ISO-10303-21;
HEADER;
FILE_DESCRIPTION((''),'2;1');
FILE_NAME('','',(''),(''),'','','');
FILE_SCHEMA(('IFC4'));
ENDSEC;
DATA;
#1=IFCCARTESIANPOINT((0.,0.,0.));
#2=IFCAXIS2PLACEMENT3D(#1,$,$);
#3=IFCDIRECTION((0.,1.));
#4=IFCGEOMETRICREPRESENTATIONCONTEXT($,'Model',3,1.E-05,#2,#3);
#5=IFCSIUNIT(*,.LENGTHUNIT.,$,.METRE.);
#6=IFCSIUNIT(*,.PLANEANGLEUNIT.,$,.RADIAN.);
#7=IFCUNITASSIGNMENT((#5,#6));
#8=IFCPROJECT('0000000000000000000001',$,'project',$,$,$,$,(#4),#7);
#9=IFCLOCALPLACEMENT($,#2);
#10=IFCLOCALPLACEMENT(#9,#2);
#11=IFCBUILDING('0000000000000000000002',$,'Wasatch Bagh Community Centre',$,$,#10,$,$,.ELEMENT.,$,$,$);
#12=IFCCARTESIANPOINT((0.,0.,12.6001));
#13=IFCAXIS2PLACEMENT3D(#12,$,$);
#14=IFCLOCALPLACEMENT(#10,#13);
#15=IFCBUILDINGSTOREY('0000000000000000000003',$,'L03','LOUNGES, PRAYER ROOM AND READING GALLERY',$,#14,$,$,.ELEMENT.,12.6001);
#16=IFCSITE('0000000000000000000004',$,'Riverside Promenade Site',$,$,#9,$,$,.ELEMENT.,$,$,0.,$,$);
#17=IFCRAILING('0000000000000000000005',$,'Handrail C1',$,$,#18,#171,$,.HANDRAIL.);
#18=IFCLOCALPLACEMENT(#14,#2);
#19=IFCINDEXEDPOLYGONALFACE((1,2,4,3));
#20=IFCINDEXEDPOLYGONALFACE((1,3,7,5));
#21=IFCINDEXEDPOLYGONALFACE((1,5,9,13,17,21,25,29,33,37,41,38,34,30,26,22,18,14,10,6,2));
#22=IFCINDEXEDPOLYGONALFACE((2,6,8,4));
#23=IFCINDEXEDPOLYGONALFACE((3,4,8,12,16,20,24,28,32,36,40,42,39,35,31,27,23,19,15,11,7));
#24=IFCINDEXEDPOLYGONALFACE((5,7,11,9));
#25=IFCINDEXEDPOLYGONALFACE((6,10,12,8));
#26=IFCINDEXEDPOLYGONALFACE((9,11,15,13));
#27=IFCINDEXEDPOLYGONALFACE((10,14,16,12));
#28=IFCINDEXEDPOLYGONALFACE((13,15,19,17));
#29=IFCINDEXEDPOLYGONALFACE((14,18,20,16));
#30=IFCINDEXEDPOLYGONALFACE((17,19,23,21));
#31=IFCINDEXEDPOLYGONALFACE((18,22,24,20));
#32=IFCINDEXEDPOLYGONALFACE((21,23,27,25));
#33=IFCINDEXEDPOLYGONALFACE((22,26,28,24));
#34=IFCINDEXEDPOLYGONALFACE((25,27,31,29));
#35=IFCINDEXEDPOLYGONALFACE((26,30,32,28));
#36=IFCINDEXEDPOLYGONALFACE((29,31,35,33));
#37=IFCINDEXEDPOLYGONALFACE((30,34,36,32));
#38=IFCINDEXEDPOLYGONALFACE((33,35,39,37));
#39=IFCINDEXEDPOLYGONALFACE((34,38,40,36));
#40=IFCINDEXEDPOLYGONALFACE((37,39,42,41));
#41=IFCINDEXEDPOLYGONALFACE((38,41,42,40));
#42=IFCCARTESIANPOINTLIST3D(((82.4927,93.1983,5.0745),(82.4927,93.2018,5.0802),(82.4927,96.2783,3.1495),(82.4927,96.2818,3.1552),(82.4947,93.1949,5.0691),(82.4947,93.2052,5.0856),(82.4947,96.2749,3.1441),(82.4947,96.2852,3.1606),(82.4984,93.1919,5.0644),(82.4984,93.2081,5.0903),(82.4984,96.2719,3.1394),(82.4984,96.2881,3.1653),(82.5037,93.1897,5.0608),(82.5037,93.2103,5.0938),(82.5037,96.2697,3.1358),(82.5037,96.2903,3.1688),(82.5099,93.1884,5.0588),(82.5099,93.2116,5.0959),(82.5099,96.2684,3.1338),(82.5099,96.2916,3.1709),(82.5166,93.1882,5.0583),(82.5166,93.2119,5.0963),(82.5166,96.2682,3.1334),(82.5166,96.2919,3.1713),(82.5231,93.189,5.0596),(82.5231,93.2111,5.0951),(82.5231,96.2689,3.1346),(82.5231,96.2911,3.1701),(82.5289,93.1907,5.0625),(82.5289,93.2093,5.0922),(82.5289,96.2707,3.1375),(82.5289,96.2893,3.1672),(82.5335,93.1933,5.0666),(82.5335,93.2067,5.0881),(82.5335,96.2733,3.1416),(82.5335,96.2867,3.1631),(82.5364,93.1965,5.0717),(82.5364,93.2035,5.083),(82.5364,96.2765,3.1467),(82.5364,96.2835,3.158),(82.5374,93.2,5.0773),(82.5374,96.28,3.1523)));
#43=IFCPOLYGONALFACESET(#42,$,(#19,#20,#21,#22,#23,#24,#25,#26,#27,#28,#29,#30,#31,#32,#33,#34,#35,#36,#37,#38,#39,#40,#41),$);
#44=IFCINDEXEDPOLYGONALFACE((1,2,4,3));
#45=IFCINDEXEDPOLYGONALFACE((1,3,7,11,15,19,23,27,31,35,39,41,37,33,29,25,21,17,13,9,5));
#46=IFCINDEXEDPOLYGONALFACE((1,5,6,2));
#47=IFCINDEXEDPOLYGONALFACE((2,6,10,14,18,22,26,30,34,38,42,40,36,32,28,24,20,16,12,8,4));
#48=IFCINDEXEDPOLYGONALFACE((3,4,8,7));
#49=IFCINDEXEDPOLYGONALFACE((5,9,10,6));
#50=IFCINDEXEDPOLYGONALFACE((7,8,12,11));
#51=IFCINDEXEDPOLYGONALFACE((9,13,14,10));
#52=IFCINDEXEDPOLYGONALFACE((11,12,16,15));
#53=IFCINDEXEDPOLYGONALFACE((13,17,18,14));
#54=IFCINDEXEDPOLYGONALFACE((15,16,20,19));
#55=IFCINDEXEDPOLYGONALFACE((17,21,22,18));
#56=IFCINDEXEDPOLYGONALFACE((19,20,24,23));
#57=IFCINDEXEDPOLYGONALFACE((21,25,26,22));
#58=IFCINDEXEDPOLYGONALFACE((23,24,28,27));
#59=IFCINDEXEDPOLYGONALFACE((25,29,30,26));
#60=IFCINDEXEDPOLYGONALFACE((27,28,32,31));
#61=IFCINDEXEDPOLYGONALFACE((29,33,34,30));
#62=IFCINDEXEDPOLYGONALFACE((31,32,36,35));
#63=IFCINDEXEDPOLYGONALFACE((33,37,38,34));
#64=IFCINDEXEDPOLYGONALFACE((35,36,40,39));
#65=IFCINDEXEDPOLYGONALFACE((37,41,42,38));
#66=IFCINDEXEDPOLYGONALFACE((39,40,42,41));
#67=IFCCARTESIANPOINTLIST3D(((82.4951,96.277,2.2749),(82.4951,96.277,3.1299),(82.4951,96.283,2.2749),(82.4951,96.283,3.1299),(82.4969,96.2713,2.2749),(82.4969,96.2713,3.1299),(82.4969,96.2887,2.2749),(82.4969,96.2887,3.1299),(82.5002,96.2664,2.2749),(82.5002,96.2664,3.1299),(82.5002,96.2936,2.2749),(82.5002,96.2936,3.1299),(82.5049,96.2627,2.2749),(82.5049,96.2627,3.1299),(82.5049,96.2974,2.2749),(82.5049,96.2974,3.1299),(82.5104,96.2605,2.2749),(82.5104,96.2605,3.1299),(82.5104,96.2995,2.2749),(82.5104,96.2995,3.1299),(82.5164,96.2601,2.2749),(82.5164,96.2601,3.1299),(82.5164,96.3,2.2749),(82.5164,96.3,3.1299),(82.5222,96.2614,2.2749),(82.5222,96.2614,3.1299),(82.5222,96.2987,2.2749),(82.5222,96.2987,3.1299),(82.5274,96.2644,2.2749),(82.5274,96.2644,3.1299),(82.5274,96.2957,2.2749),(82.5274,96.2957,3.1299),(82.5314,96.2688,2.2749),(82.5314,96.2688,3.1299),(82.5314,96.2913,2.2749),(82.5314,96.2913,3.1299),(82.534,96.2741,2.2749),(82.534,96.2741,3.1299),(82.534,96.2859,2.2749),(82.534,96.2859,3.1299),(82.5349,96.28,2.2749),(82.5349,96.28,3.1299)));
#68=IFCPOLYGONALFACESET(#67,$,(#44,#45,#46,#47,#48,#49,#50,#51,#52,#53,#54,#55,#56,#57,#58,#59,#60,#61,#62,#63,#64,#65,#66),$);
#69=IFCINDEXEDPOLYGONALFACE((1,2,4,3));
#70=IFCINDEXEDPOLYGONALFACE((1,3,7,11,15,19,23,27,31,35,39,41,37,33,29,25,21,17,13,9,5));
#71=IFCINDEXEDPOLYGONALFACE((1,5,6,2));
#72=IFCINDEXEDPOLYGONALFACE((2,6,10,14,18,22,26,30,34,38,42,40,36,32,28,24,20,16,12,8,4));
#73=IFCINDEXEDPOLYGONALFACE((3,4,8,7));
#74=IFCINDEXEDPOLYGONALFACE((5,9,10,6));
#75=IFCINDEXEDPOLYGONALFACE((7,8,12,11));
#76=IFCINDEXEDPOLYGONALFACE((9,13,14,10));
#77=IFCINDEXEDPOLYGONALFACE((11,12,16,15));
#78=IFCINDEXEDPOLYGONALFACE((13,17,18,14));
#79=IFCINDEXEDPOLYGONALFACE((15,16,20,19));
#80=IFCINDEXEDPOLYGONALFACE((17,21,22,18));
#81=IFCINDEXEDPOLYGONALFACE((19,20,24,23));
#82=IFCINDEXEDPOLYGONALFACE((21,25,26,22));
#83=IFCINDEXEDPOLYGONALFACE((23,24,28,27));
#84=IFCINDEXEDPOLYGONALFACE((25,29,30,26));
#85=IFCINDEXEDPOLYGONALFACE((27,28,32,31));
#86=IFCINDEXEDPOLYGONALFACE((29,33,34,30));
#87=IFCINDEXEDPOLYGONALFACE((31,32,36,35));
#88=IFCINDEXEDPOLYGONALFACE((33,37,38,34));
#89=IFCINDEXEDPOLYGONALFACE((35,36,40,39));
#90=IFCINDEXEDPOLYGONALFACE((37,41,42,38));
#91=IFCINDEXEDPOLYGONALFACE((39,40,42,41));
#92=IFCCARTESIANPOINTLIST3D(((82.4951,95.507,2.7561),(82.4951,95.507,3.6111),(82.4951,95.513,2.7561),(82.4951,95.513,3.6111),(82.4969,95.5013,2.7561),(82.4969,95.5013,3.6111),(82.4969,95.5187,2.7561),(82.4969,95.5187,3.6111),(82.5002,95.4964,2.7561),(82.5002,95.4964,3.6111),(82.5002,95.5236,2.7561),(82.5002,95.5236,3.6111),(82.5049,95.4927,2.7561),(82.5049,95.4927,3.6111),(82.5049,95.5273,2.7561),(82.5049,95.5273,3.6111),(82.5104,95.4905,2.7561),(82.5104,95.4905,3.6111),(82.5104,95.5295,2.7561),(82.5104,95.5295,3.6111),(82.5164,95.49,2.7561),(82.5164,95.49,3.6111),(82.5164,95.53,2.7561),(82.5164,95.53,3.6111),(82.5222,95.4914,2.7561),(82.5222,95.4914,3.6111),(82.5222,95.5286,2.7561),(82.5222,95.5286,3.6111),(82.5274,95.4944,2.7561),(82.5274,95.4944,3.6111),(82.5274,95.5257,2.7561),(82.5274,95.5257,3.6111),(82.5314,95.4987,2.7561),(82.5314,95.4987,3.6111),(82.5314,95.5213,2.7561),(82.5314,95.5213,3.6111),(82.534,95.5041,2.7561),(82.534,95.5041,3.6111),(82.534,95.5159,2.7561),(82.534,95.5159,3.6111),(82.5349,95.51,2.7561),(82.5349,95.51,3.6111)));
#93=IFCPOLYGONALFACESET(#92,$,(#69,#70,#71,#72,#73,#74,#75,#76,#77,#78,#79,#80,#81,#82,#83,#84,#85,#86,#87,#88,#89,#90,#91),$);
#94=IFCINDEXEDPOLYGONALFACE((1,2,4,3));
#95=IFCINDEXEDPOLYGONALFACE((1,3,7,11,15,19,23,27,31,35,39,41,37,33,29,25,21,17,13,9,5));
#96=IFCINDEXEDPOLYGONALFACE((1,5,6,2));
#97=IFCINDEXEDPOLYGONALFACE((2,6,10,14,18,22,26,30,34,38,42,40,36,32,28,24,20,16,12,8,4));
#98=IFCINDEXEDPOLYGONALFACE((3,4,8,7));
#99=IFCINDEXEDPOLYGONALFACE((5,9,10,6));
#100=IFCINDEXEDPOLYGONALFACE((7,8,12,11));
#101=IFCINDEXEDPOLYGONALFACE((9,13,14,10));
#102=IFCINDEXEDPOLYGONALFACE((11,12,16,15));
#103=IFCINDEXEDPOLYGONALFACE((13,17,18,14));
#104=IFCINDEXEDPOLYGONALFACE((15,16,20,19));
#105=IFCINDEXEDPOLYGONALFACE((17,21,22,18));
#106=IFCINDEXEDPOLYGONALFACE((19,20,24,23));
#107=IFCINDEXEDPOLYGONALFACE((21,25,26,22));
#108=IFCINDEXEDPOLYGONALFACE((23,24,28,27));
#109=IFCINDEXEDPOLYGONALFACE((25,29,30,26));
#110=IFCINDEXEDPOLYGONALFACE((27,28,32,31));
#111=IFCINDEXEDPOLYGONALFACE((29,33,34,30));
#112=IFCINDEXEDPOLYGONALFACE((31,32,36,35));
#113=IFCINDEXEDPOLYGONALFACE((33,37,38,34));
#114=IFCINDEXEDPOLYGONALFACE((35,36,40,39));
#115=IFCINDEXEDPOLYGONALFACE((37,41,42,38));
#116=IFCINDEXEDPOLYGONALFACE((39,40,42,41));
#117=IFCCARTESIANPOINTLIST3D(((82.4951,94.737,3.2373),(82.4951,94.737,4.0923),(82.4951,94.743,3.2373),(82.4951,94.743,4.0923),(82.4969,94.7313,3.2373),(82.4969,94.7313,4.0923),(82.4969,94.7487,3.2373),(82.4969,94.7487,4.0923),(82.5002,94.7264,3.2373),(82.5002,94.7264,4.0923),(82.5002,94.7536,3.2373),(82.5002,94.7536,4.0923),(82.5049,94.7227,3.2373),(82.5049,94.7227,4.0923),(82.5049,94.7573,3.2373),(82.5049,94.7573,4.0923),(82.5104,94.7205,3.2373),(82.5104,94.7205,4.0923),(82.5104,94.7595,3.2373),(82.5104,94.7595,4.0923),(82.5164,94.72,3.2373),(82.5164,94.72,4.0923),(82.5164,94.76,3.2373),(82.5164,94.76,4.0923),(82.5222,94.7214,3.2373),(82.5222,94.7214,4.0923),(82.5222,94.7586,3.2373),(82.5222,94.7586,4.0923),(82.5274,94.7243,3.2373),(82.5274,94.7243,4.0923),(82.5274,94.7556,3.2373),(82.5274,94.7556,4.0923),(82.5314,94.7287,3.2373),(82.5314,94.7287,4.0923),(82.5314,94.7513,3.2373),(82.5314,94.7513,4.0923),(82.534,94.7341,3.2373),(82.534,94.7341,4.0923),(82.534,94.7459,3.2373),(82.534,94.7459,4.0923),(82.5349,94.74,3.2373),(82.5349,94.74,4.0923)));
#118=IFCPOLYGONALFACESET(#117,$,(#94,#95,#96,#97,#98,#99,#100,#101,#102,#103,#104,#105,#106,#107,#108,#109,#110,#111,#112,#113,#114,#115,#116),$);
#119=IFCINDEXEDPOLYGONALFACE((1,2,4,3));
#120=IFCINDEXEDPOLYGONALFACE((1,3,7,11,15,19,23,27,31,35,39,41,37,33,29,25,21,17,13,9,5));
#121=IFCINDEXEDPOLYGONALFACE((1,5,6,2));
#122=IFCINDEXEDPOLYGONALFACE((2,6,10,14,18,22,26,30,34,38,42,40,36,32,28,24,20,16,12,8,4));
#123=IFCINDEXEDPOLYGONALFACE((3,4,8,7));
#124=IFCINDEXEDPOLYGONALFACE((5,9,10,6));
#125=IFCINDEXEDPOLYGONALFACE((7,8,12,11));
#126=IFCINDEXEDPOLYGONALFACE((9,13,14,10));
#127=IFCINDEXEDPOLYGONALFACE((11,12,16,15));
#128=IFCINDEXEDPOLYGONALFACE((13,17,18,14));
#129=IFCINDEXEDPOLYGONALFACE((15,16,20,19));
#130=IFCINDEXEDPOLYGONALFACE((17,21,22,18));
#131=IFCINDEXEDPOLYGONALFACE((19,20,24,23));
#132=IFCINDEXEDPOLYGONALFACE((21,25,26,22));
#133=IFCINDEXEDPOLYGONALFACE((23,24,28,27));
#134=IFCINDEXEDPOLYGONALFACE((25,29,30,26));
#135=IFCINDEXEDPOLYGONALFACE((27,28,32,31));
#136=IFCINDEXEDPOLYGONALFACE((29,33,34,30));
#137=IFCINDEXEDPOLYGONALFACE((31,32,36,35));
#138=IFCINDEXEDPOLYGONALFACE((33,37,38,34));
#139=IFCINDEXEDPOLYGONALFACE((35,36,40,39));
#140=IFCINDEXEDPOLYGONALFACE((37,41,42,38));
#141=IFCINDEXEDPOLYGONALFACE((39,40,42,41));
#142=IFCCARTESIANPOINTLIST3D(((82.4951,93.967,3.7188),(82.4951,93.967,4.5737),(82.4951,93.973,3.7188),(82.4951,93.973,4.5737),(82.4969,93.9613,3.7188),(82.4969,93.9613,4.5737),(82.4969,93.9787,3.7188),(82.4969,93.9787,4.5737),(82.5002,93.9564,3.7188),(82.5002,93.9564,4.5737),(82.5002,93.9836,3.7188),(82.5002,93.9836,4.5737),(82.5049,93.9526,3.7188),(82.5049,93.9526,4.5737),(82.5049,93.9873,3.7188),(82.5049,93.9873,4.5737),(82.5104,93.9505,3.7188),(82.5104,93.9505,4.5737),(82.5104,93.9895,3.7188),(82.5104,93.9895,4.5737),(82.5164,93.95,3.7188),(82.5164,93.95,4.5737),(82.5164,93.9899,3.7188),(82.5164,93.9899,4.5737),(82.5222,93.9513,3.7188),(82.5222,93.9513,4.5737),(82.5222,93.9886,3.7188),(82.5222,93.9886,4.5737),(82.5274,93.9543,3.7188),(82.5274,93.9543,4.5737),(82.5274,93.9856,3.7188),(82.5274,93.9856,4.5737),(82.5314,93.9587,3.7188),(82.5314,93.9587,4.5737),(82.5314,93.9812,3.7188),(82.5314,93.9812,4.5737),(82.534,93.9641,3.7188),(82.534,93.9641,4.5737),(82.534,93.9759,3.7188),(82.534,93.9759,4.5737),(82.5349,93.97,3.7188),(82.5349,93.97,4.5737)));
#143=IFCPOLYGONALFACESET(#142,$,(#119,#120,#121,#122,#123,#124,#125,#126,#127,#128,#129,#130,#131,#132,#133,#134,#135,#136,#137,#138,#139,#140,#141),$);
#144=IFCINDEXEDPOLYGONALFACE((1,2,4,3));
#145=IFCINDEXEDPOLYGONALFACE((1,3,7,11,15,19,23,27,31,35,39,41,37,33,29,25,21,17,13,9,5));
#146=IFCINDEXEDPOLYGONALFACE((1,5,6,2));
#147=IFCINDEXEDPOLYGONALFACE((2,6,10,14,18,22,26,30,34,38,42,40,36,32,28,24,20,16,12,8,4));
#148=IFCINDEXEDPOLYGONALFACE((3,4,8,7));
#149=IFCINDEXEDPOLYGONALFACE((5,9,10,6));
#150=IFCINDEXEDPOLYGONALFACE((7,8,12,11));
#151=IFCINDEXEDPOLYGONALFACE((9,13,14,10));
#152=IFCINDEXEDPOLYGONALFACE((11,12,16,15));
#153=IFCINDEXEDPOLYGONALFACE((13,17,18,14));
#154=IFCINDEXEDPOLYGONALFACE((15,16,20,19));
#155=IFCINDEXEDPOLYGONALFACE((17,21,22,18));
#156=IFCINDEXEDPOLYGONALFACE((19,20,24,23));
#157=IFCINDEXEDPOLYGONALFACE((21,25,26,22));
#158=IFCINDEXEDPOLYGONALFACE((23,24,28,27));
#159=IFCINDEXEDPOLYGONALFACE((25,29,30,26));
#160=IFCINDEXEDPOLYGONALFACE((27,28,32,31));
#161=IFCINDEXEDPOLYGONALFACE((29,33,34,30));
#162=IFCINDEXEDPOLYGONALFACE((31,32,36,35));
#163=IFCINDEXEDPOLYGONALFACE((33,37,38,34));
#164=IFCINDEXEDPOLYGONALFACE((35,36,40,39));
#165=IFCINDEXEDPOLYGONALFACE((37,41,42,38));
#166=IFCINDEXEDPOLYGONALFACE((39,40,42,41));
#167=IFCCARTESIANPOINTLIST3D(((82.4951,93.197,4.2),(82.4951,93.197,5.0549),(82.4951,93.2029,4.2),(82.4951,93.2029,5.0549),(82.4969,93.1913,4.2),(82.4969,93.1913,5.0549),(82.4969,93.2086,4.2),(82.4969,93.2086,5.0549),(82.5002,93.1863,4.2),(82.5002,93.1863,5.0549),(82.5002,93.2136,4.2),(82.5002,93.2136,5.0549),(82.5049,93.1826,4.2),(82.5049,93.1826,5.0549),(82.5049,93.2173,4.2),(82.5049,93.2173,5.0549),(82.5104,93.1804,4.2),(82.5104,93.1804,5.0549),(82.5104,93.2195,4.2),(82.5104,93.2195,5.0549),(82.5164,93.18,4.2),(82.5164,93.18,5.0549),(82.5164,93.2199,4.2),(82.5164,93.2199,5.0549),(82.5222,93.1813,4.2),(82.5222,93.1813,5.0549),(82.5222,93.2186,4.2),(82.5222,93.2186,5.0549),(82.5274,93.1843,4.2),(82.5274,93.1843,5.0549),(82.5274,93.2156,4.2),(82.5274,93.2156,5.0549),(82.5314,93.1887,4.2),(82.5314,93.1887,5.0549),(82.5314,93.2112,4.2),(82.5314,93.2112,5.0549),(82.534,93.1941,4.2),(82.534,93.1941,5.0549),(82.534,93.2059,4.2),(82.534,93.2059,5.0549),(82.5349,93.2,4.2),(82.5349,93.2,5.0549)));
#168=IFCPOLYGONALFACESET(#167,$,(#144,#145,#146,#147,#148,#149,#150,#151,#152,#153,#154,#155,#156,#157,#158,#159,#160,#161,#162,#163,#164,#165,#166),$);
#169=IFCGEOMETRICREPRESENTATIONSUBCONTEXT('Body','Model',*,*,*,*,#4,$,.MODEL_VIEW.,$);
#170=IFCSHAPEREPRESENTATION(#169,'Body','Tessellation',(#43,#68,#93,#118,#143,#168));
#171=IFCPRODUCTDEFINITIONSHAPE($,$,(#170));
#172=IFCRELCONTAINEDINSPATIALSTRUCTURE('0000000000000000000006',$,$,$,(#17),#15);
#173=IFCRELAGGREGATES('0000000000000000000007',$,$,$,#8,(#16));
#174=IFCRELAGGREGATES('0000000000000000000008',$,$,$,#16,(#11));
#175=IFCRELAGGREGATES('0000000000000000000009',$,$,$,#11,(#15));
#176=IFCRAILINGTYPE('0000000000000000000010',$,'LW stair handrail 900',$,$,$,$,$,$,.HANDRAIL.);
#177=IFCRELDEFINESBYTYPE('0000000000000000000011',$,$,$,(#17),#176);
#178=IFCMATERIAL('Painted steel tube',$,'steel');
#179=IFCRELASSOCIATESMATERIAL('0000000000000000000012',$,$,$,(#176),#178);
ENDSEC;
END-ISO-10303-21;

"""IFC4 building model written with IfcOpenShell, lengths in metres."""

from ifc_helpers import new_model, si_unit, direction, frame, origin, origin_2d, place, context, subcontext, project, spatial, circle, extrude, material, type_object, element, save


model = new_model("IFC4")

# Units and contexts
model_context = context("Model", 3, precision=1e-05, world=origin(), true_north=direction((0.0, 1.0)))
body_context = subcontext(model_context, "Body", "Model", "MODEL_VIEW")
ifc_project = project(units=[si_unit("LENGTHUNIT", "METRE"), si_unit("PLANEANGLEUNIT", "RADIAN")], contexts=[model_context])

# Site, building, storey
site_placement = place(None, origin())
site = spatial("IfcSite", under=ifc_project, at=site_placement, Name="Riverside Promenade Site", CompositionType="ELEMENT", RefElevation=0.0)
building_placement = place(site_placement, origin())
building = spatial("IfcBuilding", under=site, at=building_placement, Name="Wasatch Bagh Community Centre", CompositionType="ELEMENT")
storey_placement = place(building_placement, frame((0.0, 0.0, 12.6001)))
storey = spatial("IfcBuildingStorey", under=building, at=storey_placement, Name="L03", Description="LOUNGES, PRAYER ROOM AND READING GALLERY", CompositionType="ELEMENT", Elevation=12.6001)

# Railing
ifc_material_1 = material(Name="Painted steel tube", Category="steel")
railing_type_1 = type_object("IfcRailingType", Name="LW stair handrail 900", PredefinedType="HANDRAIL", material=ifc_material_1)
for number, where, name in (
    (1, (82.5149, 96.28, 2.2749), "Handrail C1"),
):
    element("IfcRailing", number, at=place(storey_placement, frame(where)), inside=storey, type_object=railing_type_1, Name=name, PredefinedType="HANDRAIL", context=body_context, shape_type="SweptSolid", body=[
        extrude(circle(Radius=0.0225, at=origin_2d()), frame((0.0, 0.0, 0.8774), z_axis=(0.0, -0.847998, 0.529999), x_axis=(1.0, 0.0, 0.0)), (0.0, 0.0, 1.0), 3.6321),
        extrude(circle(Radius=0.02, at=origin_2d()), origin(), (0.0, 0.0, 1.0), 0.855),
        extrude(circle(Radius=0.02, at=origin_2d()), frame((0.0, -0.77, 0.4812)), (0.0, 0.0, 1.0), 0.855),
        extrude(circle(Radius=0.02, at=origin_2d()), frame((0.0, -1.54, 0.9624)), (0.0, 0.0, 1.0), 0.855),
        extrude(circle(Radius=0.02, at=origin_2d()), frame((0.0, -2.3101, 1.4438)), (0.0, 0.0, 1.0), 0.855),
        extrude(circle(Radius=0.02, at=origin_2d()), frame((0.0, -3.0801, 1.925)), (0.0, 0.0, 1.0), 0.855),
    ])

save(model, "model.ifc")
